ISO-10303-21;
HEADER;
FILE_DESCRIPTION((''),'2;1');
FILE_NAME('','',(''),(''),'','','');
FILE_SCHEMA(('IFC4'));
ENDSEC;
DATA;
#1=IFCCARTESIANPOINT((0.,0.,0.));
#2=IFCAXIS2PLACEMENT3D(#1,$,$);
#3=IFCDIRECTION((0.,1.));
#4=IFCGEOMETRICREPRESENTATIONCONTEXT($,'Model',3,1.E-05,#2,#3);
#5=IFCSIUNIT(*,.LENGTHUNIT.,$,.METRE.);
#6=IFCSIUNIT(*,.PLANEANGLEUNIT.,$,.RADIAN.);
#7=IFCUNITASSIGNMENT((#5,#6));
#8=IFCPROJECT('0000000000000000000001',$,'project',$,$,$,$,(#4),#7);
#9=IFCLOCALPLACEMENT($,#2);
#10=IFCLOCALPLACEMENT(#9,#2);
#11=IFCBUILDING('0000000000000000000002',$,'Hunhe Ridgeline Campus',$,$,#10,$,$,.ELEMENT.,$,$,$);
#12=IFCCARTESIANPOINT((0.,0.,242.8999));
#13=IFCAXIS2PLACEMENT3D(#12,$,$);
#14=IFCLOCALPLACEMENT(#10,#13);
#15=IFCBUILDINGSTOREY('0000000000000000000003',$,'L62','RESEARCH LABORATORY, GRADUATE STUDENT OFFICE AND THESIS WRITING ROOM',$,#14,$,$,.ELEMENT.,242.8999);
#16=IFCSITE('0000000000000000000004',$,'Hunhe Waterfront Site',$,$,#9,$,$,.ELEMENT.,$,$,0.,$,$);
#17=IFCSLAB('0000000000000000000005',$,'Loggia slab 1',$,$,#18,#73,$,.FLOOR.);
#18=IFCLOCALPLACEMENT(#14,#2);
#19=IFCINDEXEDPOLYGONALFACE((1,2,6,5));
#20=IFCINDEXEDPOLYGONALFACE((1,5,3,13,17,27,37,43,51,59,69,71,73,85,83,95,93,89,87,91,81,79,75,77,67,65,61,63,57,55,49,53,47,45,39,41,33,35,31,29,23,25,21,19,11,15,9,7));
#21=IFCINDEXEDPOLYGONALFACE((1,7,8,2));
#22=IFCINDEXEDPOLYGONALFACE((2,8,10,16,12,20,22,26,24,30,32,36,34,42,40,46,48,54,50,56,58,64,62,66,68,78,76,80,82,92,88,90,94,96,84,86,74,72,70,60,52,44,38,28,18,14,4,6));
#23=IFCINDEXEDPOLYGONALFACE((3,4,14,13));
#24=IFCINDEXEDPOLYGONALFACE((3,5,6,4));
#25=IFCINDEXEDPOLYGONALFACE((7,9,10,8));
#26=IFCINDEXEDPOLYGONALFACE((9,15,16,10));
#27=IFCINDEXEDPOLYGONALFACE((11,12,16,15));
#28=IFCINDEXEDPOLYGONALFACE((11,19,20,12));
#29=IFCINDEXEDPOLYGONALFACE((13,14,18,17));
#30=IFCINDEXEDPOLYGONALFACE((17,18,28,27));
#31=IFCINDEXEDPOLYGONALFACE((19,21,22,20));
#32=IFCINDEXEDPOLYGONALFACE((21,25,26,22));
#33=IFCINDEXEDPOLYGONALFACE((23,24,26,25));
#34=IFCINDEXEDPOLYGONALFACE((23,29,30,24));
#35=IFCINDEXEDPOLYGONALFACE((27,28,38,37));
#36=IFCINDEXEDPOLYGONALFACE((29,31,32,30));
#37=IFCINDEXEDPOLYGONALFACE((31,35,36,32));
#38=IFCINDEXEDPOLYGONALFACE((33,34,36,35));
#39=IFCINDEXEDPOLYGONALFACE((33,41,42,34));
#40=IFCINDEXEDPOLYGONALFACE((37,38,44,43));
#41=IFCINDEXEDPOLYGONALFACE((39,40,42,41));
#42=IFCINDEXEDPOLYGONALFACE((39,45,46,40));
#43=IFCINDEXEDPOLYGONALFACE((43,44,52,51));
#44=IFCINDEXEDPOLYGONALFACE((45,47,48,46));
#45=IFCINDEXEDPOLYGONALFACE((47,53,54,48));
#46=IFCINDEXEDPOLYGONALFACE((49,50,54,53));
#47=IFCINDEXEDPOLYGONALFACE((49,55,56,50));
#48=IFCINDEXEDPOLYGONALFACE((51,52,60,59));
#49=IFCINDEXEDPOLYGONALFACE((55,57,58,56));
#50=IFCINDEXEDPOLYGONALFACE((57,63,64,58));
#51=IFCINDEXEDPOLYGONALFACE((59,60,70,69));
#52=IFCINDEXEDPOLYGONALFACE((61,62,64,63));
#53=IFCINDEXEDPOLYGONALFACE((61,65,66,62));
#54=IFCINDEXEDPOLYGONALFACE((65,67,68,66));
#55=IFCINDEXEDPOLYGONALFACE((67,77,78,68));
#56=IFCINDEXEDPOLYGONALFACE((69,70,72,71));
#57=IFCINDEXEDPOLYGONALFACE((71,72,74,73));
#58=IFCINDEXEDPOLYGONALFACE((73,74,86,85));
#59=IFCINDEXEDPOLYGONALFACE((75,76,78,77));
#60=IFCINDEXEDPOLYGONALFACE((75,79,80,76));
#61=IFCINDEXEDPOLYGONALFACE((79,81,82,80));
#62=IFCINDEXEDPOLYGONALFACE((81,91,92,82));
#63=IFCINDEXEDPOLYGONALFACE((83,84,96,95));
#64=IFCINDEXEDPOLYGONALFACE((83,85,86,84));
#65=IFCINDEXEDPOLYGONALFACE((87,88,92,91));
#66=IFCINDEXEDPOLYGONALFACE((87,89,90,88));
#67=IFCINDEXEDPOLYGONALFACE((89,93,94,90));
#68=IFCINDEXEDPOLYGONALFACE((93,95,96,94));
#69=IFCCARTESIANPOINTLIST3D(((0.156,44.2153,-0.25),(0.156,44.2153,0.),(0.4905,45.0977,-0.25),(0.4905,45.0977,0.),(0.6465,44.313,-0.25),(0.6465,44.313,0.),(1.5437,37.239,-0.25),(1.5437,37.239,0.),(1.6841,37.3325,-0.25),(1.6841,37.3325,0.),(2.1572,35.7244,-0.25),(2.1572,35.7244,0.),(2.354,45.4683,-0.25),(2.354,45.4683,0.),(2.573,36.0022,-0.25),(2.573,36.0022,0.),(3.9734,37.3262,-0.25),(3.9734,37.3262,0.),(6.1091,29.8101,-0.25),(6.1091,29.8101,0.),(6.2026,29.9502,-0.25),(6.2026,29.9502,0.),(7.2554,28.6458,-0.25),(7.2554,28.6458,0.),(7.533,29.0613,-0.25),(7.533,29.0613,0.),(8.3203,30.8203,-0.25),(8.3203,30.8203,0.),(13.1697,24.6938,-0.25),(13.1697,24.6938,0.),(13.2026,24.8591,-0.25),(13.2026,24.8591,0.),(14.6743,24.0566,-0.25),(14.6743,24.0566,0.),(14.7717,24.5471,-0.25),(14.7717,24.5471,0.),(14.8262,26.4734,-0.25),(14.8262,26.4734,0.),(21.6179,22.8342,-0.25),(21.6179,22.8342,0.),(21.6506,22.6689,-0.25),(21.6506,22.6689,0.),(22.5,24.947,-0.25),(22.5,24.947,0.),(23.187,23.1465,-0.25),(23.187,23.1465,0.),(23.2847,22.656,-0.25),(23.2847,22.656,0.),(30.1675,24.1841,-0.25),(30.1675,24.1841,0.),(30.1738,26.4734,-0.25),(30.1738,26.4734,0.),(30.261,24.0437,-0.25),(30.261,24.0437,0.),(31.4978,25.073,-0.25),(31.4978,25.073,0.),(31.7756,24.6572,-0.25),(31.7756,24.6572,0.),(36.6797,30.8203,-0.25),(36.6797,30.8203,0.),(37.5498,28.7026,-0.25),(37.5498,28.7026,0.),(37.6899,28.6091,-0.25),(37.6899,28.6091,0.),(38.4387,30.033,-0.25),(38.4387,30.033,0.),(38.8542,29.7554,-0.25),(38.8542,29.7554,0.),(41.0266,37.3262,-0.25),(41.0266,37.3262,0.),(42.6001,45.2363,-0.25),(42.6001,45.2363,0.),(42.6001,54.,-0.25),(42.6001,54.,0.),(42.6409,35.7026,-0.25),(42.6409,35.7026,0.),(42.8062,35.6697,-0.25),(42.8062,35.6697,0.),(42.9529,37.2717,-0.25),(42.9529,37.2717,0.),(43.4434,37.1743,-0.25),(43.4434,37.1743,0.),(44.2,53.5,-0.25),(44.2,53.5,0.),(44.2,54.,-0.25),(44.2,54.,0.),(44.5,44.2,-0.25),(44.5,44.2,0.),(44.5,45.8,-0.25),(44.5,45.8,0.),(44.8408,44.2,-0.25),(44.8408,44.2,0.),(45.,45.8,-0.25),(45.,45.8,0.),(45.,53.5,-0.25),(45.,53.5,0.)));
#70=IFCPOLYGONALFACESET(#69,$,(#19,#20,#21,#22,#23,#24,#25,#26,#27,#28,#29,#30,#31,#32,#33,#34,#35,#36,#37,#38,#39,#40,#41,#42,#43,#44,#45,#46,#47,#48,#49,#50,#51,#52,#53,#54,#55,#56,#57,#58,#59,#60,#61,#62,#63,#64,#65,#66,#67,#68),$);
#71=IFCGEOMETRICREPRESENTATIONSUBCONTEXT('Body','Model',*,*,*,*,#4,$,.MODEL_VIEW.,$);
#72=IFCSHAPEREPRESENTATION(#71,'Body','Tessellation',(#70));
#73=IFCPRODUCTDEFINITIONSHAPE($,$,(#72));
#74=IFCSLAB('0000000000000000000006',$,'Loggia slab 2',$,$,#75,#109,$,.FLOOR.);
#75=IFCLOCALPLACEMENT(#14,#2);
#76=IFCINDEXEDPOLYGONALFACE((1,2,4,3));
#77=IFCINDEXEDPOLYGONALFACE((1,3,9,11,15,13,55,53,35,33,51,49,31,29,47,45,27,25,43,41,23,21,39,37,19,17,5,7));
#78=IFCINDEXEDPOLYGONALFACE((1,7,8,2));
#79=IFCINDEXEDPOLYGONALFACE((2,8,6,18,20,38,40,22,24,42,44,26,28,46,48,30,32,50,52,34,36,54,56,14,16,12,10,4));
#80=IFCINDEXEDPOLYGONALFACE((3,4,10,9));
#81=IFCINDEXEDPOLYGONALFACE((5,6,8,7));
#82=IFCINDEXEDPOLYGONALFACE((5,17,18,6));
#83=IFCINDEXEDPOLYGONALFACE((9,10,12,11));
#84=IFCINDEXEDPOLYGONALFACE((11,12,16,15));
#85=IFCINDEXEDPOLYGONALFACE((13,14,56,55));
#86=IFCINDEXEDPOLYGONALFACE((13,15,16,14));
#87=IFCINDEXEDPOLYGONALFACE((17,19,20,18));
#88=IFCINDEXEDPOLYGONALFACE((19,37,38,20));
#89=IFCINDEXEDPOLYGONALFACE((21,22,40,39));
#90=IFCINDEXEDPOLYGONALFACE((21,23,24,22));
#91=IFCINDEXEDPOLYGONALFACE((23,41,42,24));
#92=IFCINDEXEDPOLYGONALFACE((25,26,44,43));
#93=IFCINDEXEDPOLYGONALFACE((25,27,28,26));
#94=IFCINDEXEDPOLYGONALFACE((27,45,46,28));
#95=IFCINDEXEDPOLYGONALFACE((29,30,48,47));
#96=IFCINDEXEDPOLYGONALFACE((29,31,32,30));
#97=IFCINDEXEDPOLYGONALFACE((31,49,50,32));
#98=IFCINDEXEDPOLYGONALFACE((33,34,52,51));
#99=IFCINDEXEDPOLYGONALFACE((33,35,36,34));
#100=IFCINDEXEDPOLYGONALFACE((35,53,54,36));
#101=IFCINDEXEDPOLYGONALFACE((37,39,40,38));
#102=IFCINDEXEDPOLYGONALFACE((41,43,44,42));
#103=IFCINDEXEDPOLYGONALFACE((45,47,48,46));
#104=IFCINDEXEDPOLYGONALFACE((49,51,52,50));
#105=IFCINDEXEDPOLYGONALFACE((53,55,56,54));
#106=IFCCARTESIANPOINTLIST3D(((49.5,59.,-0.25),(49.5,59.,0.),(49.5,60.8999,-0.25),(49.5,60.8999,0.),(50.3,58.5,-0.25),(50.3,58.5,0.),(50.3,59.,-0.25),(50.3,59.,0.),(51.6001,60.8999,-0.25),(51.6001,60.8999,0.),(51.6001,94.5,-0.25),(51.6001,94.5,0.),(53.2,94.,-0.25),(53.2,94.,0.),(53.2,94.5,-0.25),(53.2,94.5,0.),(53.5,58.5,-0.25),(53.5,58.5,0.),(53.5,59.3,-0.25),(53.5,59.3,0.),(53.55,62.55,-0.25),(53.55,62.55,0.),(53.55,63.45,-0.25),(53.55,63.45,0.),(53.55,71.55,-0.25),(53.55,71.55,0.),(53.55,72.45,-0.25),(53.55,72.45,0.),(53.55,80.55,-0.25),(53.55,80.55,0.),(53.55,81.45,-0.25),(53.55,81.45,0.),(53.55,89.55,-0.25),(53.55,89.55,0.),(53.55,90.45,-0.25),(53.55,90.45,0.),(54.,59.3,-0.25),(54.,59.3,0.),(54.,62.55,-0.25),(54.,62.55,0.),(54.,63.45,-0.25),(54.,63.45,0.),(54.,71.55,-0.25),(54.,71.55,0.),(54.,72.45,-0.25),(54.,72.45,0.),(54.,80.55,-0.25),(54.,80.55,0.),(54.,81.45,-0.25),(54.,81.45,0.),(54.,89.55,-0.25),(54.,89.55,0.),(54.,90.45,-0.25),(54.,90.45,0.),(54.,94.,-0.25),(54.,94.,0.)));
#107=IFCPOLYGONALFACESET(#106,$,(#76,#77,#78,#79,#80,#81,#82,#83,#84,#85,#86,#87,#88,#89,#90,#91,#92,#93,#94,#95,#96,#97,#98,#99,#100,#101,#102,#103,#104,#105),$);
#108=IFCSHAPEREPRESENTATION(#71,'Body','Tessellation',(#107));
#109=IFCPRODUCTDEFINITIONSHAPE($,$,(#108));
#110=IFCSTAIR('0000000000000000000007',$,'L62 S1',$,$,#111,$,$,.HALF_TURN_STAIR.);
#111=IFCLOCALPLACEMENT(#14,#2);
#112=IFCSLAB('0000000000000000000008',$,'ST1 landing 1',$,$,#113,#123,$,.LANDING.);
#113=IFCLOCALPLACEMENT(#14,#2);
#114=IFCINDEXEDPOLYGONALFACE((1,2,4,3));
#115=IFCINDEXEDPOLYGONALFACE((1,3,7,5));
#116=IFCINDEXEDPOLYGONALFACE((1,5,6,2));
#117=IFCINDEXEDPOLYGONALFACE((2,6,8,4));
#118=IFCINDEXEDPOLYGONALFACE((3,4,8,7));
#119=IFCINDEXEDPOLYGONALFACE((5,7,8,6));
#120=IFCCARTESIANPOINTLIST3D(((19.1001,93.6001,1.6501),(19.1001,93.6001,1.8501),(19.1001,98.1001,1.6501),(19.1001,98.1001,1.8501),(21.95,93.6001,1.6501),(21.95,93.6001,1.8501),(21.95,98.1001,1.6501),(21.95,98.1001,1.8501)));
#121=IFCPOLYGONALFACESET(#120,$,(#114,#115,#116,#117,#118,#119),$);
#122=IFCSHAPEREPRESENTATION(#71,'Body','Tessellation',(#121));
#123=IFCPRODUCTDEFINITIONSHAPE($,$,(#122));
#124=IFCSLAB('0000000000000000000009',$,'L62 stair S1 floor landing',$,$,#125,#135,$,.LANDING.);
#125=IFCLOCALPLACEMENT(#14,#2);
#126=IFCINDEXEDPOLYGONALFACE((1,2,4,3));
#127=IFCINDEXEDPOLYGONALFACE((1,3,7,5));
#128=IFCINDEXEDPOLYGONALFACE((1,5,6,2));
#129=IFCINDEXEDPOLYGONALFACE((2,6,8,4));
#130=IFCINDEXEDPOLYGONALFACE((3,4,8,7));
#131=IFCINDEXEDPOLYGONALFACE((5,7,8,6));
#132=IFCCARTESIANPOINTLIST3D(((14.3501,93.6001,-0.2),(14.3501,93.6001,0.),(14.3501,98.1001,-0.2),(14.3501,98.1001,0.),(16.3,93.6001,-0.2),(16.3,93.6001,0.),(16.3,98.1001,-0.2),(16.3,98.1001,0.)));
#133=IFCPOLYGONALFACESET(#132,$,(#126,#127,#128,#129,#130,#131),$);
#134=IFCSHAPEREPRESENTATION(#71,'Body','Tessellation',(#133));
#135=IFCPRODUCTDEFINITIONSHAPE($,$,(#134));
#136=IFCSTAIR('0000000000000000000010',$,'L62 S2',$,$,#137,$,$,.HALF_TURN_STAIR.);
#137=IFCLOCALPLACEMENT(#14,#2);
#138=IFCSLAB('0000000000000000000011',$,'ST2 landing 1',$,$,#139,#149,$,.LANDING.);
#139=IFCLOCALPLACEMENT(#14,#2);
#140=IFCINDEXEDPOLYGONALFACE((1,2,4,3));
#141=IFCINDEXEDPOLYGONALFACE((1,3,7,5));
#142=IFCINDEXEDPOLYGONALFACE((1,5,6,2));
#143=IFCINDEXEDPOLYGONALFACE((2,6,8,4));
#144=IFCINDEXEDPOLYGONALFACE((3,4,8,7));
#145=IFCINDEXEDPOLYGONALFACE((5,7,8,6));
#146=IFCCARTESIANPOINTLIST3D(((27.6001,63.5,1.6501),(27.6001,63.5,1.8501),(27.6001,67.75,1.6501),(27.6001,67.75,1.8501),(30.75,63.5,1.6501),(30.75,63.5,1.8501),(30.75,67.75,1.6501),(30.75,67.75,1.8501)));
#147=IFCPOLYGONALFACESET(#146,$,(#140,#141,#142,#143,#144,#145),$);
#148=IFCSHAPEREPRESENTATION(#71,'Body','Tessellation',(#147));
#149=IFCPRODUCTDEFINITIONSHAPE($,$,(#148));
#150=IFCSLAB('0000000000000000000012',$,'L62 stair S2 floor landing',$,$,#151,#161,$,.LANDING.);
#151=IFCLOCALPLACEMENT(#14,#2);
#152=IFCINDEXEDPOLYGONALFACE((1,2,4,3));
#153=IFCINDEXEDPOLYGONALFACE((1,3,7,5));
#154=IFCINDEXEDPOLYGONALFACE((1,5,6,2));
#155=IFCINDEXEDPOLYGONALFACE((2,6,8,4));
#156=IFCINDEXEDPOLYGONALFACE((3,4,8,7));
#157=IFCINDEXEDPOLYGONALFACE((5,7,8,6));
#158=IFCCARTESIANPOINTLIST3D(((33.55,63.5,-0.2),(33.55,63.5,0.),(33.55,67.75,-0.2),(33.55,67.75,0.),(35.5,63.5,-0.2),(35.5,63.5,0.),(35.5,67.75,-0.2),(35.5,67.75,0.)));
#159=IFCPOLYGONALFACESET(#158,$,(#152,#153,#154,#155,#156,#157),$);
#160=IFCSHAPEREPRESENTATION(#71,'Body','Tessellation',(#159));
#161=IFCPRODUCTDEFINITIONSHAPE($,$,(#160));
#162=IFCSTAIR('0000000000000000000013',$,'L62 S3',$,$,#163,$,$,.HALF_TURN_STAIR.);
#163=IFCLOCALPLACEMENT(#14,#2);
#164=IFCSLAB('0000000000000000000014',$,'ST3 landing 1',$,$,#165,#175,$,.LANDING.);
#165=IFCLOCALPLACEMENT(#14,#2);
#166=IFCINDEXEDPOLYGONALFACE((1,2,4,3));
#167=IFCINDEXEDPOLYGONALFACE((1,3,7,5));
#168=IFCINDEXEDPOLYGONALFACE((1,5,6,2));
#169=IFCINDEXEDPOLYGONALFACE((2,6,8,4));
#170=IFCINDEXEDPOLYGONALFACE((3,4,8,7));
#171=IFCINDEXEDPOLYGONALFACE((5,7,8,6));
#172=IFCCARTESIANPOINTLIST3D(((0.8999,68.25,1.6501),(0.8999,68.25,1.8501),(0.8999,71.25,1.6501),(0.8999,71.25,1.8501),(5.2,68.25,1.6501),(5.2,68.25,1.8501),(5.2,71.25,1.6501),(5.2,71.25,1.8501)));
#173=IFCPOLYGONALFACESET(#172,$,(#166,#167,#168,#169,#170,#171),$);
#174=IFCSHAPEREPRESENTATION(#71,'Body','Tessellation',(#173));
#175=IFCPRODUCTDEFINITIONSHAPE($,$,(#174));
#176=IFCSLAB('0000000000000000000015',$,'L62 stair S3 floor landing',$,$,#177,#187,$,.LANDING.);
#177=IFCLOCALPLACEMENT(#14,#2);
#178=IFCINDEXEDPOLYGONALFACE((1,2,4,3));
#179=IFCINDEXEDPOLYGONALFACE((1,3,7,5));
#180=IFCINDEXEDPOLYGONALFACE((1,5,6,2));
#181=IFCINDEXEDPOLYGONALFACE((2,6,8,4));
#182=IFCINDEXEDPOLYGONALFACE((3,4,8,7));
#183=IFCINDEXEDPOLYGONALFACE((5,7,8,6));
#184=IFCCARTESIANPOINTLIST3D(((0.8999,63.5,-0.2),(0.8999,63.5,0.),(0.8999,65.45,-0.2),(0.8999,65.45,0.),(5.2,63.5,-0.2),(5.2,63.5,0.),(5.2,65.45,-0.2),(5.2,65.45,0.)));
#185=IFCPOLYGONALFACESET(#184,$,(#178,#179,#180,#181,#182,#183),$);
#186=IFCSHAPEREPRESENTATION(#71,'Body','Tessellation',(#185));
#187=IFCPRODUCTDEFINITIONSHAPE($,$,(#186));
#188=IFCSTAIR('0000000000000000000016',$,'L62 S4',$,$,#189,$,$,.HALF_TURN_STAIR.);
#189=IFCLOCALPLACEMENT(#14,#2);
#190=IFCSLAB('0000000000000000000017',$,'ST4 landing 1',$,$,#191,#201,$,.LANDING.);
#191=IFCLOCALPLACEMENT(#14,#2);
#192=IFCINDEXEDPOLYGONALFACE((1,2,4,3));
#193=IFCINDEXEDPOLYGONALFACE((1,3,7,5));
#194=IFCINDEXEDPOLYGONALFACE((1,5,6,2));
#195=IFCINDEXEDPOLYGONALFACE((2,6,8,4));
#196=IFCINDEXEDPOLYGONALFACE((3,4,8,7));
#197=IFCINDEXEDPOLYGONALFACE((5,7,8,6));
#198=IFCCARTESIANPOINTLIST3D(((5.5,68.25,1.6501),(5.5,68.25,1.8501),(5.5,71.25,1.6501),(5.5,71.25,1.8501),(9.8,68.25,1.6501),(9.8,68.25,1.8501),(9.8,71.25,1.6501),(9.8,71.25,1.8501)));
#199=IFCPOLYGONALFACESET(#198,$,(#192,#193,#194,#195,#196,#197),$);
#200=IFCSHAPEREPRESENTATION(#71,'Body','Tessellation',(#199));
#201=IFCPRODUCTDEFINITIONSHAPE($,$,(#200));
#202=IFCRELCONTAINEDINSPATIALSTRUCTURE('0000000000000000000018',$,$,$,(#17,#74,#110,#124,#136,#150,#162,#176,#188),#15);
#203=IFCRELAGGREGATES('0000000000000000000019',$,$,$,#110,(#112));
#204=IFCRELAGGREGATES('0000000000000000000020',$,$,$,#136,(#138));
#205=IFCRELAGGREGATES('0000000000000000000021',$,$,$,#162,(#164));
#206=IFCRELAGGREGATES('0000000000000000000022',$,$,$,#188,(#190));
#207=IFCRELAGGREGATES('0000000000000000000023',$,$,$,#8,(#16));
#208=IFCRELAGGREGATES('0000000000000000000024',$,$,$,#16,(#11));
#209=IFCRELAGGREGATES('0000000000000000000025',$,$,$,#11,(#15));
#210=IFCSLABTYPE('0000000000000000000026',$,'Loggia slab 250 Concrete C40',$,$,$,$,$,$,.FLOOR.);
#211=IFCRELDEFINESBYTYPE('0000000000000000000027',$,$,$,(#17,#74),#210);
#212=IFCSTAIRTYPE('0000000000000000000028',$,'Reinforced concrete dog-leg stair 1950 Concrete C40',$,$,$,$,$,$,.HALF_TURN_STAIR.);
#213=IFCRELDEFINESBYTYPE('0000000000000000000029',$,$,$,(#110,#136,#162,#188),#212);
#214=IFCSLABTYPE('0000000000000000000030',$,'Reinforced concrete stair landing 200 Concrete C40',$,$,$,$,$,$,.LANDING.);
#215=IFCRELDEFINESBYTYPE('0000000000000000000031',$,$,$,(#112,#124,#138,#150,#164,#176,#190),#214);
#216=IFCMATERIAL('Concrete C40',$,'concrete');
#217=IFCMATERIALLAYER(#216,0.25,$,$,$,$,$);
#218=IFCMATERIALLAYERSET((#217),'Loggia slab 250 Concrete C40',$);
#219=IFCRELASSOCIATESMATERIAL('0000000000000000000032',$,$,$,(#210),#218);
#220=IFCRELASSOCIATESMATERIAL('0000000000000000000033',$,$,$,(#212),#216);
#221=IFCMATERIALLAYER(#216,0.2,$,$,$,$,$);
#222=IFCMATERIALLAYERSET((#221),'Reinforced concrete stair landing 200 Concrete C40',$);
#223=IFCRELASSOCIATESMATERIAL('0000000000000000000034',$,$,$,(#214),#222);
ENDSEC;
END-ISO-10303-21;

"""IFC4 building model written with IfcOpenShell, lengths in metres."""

from ifc_helpers import new_model, si_unit, direction, frame, origin, place, context, subcontext, project, spatial, polyline, outline, extrude, material, layer, layer_set, type_object, element, aggregate, save


model = new_model("IFC4")

# Units and contexts
model_context = context("Model", 3, precision=1e-05, world=origin(), true_north=direction((0.0, 1.0)))
body_context = subcontext(model_context, "Body", "Model", "MODEL_VIEW")
ifc_project = project(units=[si_unit("LENGTHUNIT", "METRE"), si_unit("PLANEANGLEUNIT", "RADIAN")], contexts=[model_context])

# Site, building, storey
site_placement = place(None, origin())
site = spatial("IfcSite", under=ifc_project, at=site_placement, Name="Hunhe Waterfront Site", CompositionType="ELEMENT", RefElevation=0.0)
building_placement = place(site_placement, origin())
building = spatial("IfcBuilding", under=site, at=building_placement, Name="Hunhe Ridgeline Campus", CompositionType="ELEMENT")
storey_placement = place(building_placement, frame((0.0, 0.0, 242.8999)))
storey = spatial("IfcBuildingStorey", under=building, at=storey_placement, Name="L62", Description="RESEARCH LABORATORY, GRADUATE STUDENT OFFICE AND THESIS WRITING ROOM", CompositionType="ELEMENT", Elevation=242.8999)

# Slabs
ifc_material_1 = material(Name="Concrete C40", Category="concrete")
ifc_layer_1 = layer(ifc_material_1, 0.25)
ifc_layer_set_1 = layer_set([ifc_layer_1], Name="Loggia slab 250 Concrete C40")
slab_type_1 = type_object("IfcSlabType", Name="Loggia slab 250 Concrete C40", PredefinedType="FLOOR", material=ifc_layer_set_1)
slab_1_placement = place(storey_placement, frame((0.0, 0.0, -0.25)))
element("IfcSlab", 1, at=slab_1_placement, inside=storey, type_object=slab_type_1, Name="Loggia slab 1", PredefinedType="FLOOR", context=body_context, shape_type="SweptSolid", body=[
    extrude(outline(polyline([(30.1738, 26.4734), (22.5, 24.947), (14.8262, 26.4734), (8.3203, 30.8203), (3.9734, 37.3262), (2.354, 45.4683), (0.4905, 45.0977), (0.6465, 44.313), (0.156, 44.2153), (1.5437, 37.239), (1.6841, 37.3325), (2.573, 36.0022), (2.1572, 35.7244), (6.1091, 29.8101), (6.2026, 29.9502), (7.533, 29.0613), (7.2554, 28.6458), (13.1697, 24.6938), (13.2026, 24.8591), (14.7717, 24.5471), (14.6743, 24.0566), (21.6506, 22.6689), (21.6179, 22.8342), (23.187, 23.1465), (23.2847, 22.656), (30.261, 24.0437), (30.1675, 24.1841), (31.4978, 25.073), (31.7756, 24.6572), (37.6899, 28.6091), (37.5498, 28.7026), (38.4387, 30.033), (38.8542, 29.7554), (42.8062, 35.6697), (42.6409, 35.7026), (42.9529, 37.2717), (43.4434, 37.1743), (44.8408, 44.2), (44.5, 44.2), (44.5, 45.8), (45.0, 45.8), (45.0, 53.5), (44.2, 53.5), (44.2, 54.0), (42.6001, 54.0), (42.6001, 45.2363), (41.0266, 37.3262), (36.6797, 30.8203), (30.1738, 26.4734)])), origin(), (0.0, 0.0, 1.0), 0.25),
])
slab_2_placement = place(storey_placement, frame((0.0, 0.0, -0.25)))
element("IfcSlab", 2, at=slab_2_placement, inside=storey, type_object=slab_type_1, Name="Loggia slab 2", PredefinedType="FLOOR", context=body_context, shape_type="SweptSolid", body=[
    extrude(outline(polyline([(49.5, 59.0), (50.3, 59.0), (50.3, 58.5), (53.5, 58.5), (53.5, 59.3), (54.0, 59.3), (54.0, 62.55), (53.55, 62.55), (53.55, 63.45), (54.0, 63.45), (54.0, 71.55), (53.55, 71.55), (53.55, 72.45), (54.0, 72.45), (54.0, 80.55), (53.55, 80.55), (53.55, 81.45), (54.0, 81.45), (54.0, 89.55), (53.55, 89.55), (53.55, 90.45), (54.0, 90.45), (54.0, 94.0), (53.2, 94.0), (53.2, 94.5), (51.6001, 94.5), (51.6001, 60.8999), (49.5, 60.8999), (49.5, 59.0)])), origin(), (0.0, 0.0, 1.0), 0.25),
])

# Stair, slab
stair_type = type_object("IfcStairType", Name="Reinforced concrete dog-leg stair 1950 Concrete C40", PredefinedType="HALF_TURN_STAIR", material=ifc_material_1)
stair_1_placement = place(storey_placement, origin())
stair_1 = element("IfcStair", 3, at=stair_1_placement, inside=storey, type_object=stair_type, Name="L62 S1", PredefinedType="HALF_TURN_STAIR")
ifc_layer_2 = layer(ifc_material_1, 0.2)
ifc_layer_set_2 = layer_set([ifc_layer_2], Name="Reinforced concrete stair landing 200 Concrete C40")
slab_type_2 = type_object("IfcSlabType", Name="Reinforced concrete stair landing 200 Concrete C40", PredefinedType="LANDING", material=ifc_layer_set_2)
slab_3_placement = place(storey_placement, frame((0.0, 0.0, 1.6501)))
slab_3 = element("IfcSlab", 4, at=slab_3_placement, type_object=slab_type_2, Name="ST1 landing 1", PredefinedType="LANDING", context=body_context, shape_type="SweptSolid", body=[
    extrude(outline(polyline([(19.1001, 93.6001), (21.95, 93.6001), (21.95, 98.1001), (19.1001, 98.1001), (19.1001, 93.6001)])), origin(), (0.0, 0.0, 1.0), 0.2),
])
aggregate(stair_1, [slab_3])

# Slab
slab_4_placement = place(storey_placement, frame((0.0, 0.0, -0.2)))
element("IfcSlab", 5, at=slab_4_placement, inside=storey, type_object=slab_type_2, Name="L62 stair S1 floor landing", PredefinedType="LANDING", context=body_context, shape_type="SweptSolid", body=[
    extrude(outline(polyline([(14.3501, 93.6001), (16.3, 93.6001), (16.3, 98.1001), (14.3501, 98.1001), (14.3501, 93.6001)])), origin(), (0.0, 0.0, 1.0), 0.2),
])

# Stair, slab
stair_2_placement = place(storey_placement, origin())
stair_2 = element("IfcStair", 6, at=stair_2_placement, inside=storey, type_object=stair_type, Name="L62 S2", PredefinedType="HALF_TURN_STAIR")
slab_5_placement = place(storey_placement, frame((0.0, 0.0, 1.6501)))
slab_5 = element("IfcSlab", 7, at=slab_5_placement, type_object=slab_type_2, Name="ST2 landing 1", PredefinedType="LANDING", context=body_context, shape_type="SweptSolid", body=[
    extrude(outline(polyline([(30.75, 67.75), (27.6001, 67.75), (27.6001, 63.5), (30.75, 63.5), (30.75, 67.75)])), origin(), (0.0, 0.0, 1.0), 0.2),
])
aggregate(stair_2, [slab_5])

# Slab
slab_6_placement = place(storey_placement, frame((0.0, 0.0, -0.2)))
element("IfcSlab", 8, at=slab_6_placement, inside=storey, type_object=slab_type_2, Name="L62 stair S2 floor landing", PredefinedType="LANDING", context=body_context, shape_type="SweptSolid", body=[
    extrude(outline(polyline([(35.5, 67.75), (33.55, 67.75), (33.55, 63.5), (35.5, 63.5), (35.5, 67.75)])), origin(), (0.0, 0.0, 1.0), 0.2),
])

# Stair, slab
stair_3_placement = place(storey_placement, origin())
stair_3 = element("IfcStair", 9, at=stair_3_placement, inside=storey, type_object=stair_type, Name="L62 S3", PredefinedType="HALF_TURN_STAIR")
slab_7_placement = place(storey_placement, frame((0.0, 0.0, 1.6501)))
slab_7 = element("IfcSlab", 10, at=slab_7_placement, type_object=slab_type_2, Name="ST3 landing 1", PredefinedType="LANDING", context=body_context, shape_type="SweptSolid", body=[
    extrude(outline(polyline([(5.2, 68.25), (5.2, 71.25), (0.8999, 71.25), (0.8999, 68.25), (5.2, 68.25)])), origin(), (0.0, 0.0, 1.0), 0.2),
])
aggregate(stair_3, [slab_7])

# Slab
slab_8_placement = place(storey_placement, frame((0.0, 0.0, -0.2)))
element("IfcSlab", 11, at=slab_8_placement, inside=storey, type_object=slab_type_2, Name="L62 stair S3 floor landing", PredefinedType="LANDING", context=body_context, shape_type="SweptSolid", body=[
    extrude(outline(polyline([(5.2, 63.5), (5.2, 65.45), (0.8999, 65.45), (0.8999, 63.5), (5.2, 63.5)])), origin(), (0.0, 0.0, 1.0), 0.2),
])

# Stair, slab
stair_4_placement = place(storey_placement, origin())
stair_4 = element("IfcStair", 12, at=stair_4_placement, inside=storey, type_object=stair_type, Name="L62 S4", PredefinedType="HALF_TURN_STAIR")
slab_9_placement = place(storey_placement, frame((0.0, 0.0, 1.6501)))
slab_9 = element("IfcSlab", 13, at=slab_9_placement, type_object=slab_type_2, Name="ST4 landing 1", PredefinedType="LANDING", context=body_context, shape_type="SweptSolid", body=[
    extrude(outline(polyline([(9.8, 68.25), (9.8, 71.25), (5.5, 71.25), (5.5, 68.25), (9.8, 68.25)])), origin(), (0.0, 0.0, 1.0), 0.2),
])
aggregate(stair_4, [slab_9])

save(model, "model.ifc")
